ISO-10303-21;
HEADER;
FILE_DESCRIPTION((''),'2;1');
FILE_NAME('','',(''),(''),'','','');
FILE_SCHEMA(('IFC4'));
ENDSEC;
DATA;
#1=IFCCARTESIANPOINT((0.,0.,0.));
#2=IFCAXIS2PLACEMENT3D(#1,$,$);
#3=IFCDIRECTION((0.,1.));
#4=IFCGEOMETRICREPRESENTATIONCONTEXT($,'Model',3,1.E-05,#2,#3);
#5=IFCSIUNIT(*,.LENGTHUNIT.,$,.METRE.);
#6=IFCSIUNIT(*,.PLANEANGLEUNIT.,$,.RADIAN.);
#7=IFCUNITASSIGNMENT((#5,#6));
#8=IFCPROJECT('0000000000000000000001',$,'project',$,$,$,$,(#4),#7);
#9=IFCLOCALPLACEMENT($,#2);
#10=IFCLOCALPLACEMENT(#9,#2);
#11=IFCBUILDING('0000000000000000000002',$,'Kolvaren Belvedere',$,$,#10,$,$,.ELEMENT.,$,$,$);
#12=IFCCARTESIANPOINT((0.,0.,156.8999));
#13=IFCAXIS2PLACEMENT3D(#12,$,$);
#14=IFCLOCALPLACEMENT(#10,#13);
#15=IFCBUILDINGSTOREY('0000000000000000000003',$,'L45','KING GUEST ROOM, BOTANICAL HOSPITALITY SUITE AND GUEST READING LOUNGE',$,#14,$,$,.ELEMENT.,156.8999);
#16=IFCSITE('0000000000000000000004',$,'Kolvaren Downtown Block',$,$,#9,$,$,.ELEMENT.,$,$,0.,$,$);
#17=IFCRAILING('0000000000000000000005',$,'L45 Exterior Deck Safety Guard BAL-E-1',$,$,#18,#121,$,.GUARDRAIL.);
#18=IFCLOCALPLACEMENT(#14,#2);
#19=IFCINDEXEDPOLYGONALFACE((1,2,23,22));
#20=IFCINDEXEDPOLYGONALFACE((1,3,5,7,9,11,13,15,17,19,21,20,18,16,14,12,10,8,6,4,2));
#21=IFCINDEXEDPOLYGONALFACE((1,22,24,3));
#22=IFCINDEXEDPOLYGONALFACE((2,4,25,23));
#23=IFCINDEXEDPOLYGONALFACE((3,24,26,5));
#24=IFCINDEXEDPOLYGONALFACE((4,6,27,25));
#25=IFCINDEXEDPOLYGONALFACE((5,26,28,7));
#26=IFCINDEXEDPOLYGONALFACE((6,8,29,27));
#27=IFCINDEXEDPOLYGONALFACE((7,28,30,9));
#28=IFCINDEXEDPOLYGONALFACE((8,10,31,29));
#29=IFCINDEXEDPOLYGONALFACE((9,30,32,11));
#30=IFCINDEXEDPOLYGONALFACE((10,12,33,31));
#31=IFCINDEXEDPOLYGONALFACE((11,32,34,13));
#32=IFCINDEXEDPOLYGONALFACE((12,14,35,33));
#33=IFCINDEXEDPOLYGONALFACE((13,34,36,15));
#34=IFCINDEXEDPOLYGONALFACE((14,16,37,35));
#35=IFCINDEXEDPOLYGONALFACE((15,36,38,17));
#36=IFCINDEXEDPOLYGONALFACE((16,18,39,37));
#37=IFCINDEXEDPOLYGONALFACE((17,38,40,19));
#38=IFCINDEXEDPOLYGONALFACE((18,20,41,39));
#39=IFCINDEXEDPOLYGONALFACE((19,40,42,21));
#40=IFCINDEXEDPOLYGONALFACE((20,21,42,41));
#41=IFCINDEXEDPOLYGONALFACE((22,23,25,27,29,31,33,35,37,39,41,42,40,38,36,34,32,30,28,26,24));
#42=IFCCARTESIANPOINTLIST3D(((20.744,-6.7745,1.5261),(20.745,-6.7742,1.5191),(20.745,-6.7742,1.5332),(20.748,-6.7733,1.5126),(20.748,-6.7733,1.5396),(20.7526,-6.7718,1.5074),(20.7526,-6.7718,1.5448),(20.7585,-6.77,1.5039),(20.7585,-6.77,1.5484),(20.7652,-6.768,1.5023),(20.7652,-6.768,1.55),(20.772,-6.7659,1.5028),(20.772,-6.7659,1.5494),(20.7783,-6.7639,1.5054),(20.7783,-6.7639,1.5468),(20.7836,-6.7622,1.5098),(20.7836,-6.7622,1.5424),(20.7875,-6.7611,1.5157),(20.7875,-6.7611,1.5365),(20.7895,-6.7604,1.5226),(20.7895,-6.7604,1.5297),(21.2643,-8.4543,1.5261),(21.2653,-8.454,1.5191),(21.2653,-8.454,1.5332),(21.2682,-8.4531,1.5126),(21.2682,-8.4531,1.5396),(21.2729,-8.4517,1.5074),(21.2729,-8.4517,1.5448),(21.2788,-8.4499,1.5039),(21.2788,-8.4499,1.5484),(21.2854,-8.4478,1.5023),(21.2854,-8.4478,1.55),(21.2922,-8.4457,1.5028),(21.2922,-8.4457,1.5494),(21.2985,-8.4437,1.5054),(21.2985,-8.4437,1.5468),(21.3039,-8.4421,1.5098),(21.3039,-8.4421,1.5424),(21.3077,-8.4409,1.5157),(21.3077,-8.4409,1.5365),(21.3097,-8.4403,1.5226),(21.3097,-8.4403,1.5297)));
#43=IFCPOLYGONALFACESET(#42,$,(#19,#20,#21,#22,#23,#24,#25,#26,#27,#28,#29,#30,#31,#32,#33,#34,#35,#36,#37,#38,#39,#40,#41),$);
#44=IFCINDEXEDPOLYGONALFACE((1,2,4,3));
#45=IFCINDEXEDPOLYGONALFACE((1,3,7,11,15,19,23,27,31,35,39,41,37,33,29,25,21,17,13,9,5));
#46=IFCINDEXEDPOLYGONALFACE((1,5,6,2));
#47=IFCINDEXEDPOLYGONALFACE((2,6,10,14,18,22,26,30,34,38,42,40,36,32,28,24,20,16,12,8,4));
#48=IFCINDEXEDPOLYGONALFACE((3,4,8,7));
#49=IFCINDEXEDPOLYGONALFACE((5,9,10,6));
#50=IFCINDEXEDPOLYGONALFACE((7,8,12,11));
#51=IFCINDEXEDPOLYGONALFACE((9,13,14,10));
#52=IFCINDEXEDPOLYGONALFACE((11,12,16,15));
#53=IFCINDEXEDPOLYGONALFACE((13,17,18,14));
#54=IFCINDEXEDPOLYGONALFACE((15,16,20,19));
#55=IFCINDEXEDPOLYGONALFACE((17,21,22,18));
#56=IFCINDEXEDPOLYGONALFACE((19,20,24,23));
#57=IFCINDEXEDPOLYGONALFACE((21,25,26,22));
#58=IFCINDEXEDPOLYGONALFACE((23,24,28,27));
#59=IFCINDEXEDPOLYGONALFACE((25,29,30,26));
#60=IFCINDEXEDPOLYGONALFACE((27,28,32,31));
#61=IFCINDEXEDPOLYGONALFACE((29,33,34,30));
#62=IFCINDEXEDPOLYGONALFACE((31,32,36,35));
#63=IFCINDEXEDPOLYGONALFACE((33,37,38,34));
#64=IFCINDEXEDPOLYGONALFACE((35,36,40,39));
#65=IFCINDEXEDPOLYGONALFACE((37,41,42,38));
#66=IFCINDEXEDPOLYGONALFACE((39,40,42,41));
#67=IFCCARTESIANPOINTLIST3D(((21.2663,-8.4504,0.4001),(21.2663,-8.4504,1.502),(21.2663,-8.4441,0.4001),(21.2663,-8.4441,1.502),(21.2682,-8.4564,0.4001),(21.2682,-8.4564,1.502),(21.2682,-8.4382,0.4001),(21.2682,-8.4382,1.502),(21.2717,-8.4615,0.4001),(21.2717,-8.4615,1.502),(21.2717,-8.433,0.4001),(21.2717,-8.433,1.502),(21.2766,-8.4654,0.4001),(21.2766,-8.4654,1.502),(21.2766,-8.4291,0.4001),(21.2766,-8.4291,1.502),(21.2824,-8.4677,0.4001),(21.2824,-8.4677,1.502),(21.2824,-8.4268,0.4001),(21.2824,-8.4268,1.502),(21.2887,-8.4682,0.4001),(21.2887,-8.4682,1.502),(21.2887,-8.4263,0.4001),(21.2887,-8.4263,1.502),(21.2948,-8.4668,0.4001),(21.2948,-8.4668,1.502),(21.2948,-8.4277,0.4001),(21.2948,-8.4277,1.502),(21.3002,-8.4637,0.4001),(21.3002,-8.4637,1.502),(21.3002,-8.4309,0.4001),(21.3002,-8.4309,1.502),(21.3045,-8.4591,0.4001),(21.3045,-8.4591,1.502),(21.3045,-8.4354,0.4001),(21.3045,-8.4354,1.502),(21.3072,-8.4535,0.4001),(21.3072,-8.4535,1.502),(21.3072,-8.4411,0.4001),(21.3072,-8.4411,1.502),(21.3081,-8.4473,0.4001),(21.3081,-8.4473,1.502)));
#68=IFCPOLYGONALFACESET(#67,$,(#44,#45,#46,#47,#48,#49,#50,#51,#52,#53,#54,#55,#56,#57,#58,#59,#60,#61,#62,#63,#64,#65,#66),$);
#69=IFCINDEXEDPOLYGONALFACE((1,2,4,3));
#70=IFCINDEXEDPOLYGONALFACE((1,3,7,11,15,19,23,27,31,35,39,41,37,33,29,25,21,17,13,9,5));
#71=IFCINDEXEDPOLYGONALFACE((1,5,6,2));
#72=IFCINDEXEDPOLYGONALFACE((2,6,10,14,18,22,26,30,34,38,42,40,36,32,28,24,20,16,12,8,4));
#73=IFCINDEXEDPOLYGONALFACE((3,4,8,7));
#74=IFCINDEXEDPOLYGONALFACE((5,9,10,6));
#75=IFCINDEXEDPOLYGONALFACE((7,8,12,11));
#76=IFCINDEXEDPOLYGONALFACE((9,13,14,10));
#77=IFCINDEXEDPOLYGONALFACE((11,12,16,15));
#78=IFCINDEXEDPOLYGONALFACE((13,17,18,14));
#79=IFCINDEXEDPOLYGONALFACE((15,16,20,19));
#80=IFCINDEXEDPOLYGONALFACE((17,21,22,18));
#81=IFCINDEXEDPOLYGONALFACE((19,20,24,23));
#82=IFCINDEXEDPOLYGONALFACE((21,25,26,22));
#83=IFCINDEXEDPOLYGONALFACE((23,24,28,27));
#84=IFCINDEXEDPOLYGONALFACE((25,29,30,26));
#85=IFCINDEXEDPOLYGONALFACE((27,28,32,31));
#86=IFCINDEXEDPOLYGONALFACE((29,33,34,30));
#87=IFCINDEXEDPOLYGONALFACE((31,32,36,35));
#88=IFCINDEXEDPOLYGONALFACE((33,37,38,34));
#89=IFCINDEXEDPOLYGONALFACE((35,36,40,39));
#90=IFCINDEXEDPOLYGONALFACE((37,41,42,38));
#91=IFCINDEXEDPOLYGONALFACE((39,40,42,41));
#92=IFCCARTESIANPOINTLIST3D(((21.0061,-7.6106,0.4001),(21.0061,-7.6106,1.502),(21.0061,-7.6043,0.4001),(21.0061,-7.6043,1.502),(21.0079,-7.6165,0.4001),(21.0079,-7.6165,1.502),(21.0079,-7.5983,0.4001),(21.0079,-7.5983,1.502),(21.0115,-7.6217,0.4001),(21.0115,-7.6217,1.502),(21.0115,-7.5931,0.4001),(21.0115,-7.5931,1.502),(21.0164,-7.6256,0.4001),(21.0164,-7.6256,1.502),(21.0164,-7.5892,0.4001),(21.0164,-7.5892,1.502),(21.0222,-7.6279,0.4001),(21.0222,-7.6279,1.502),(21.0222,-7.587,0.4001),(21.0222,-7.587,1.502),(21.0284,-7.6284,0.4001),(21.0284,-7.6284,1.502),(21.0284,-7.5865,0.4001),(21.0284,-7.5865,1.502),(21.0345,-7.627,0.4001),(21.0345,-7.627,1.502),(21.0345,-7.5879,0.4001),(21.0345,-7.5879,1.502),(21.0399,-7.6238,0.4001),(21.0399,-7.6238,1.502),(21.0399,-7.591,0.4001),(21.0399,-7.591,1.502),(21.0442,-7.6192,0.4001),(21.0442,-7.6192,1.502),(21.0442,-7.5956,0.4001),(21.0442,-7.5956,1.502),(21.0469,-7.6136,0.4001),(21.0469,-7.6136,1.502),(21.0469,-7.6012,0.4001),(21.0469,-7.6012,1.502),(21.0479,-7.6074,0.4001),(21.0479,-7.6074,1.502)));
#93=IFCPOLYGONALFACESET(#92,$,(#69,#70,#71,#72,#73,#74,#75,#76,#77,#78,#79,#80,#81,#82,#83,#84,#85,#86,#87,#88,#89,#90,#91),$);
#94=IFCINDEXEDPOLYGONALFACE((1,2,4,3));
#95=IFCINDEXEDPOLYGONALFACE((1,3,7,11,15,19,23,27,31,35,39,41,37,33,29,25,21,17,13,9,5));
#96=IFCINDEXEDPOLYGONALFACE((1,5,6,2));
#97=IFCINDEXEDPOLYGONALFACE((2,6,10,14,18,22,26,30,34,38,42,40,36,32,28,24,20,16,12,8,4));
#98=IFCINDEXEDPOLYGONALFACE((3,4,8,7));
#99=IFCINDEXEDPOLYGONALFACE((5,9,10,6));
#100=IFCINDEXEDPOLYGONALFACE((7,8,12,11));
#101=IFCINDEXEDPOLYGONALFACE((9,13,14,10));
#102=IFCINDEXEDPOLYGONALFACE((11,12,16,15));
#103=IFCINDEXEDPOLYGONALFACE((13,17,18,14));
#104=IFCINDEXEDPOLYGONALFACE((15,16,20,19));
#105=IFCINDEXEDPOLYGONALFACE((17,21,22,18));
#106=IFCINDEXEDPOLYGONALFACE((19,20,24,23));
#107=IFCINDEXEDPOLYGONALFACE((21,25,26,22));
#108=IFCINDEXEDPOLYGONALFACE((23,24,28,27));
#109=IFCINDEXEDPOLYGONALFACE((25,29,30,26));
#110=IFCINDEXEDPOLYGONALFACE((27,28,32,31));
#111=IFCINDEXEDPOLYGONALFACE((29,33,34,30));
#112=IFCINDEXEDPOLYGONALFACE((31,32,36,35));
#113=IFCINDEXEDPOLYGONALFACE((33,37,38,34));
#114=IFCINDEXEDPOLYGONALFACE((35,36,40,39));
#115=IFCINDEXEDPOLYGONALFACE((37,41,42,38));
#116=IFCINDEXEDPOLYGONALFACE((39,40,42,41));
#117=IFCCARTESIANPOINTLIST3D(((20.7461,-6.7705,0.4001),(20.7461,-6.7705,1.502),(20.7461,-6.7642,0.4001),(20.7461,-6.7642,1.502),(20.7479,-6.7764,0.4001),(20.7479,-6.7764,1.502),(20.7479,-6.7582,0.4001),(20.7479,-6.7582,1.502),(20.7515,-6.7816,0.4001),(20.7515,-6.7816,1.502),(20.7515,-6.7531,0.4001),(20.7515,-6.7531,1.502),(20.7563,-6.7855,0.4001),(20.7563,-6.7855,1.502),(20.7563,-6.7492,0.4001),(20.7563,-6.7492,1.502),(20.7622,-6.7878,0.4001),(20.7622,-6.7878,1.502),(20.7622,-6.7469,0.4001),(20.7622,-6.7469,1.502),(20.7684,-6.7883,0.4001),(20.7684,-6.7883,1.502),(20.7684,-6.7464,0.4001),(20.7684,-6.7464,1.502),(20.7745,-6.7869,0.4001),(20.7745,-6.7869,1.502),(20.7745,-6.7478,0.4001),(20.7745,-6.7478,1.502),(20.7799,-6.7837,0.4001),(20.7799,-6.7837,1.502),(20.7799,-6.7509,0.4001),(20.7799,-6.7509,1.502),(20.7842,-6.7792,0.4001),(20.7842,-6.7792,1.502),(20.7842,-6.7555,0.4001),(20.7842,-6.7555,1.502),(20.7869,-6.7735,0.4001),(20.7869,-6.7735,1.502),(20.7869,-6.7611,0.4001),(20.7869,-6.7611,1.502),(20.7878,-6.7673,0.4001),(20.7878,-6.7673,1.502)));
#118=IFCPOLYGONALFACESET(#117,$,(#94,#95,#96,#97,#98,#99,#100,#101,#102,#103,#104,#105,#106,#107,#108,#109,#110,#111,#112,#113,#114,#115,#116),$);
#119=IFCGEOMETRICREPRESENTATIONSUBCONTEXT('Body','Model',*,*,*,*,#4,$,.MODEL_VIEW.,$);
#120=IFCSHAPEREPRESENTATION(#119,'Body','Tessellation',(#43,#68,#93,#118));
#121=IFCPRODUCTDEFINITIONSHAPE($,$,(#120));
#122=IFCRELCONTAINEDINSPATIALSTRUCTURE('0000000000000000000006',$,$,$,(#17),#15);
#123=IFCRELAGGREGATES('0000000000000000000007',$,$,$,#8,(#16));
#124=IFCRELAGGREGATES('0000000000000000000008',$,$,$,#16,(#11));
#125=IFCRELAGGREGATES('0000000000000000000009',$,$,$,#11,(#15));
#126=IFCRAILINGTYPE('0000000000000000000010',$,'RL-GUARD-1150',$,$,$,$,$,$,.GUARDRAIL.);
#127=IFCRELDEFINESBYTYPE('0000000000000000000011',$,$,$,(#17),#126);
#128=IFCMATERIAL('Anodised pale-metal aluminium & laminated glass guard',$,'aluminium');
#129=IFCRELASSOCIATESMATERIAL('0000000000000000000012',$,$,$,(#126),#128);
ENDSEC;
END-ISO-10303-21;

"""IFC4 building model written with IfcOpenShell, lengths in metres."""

from ifc_helpers import new_model, si_unit, direction, frame, origin, origin_2d, place, context, subcontext, project, spatial, circle, extrude, material, type_object, element, save


model = new_model("IFC4")

# Units and contexts
model_context = context("Model", 3, precision=1e-05, world=origin(), true_north=direction((0.0, 1.0)))
body_context = subcontext(model_context, "Body", "Model", "MODEL_VIEW")
ifc_project = project(units=[si_unit("LENGTHUNIT", "METRE"), si_unit("PLANEANGLEUNIT", "RADIAN")], contexts=[model_context])

# Site, building, storey
site_placement = place(None, origin())
site = spatial("IfcSite", under=ifc_project, at=site_placement, Name="Kolvaren Downtown Block", CompositionType="ELEMENT", RefElevation=0.0)
building_placement = place(site_placement, origin())
building = spatial("IfcBuilding", under=site, at=building_placement, Name="Kolvaren Belvedere", CompositionType="ELEMENT")
storey_placement = place(building_placement, frame((0.0, 0.0, 156.8999)))
storey = spatial("IfcBuildingStorey", under=building, at=storey_placement, Name="L45", Description="KING GUEST ROOM, BOTANICAL HOSPITALITY SUITE AND GUEST READING LOUNGE", CompositionType="ELEMENT", Elevation=156.8999)

# Railing
ifc_material_1 = material(Name="Anodised pale-metal aluminium & laminated glass guard", Category="aluminium")
railing_type = type_object("IfcRailingType", Name="RL-GUARD-1150", PredefinedType="GUARDRAIL", material=ifc_material_1)
railing_1_placement = place(storey_placement, frame((21.2871, -8.4473, 0.4001)))
element("IfcRailing", 1, at=railing_1_placement, inside=storey, type_object=railing_type, Name="L45 Exterior Deck Safety Guard BAL-E-1", PredefinedType="GUARDRAIL", context=body_context, shape_type="SweptSolid", body=[
    extrude(circle(Radius=0.0239, at=origin_2d()), frame((0.0, 0.0, 1.126), z_axis=(-0.295832, 0.95524, 0.0), x_axis=(-0.95524, -0.295832, 0.0)), (0.0, 0.0, 1.0), 1.7585),
    extrude(circle(Radius=0.021, at=origin_2d()), origin(), (0.0, 0.0, 1.0), 1.1018),
    extrude(circle(Radius=0.021, at=origin_2d()), frame((-0.2603, 0.8398, 0.0)), (0.0, 0.0, 1.0), 1.1018),
    extrude(circle(Radius=0.021, at=origin_2d()), frame((-0.5203, 1.6799, 0.0)), (0.0, 0.0, 1.0), 1.1018),
])

save(model, "model.ifc")
